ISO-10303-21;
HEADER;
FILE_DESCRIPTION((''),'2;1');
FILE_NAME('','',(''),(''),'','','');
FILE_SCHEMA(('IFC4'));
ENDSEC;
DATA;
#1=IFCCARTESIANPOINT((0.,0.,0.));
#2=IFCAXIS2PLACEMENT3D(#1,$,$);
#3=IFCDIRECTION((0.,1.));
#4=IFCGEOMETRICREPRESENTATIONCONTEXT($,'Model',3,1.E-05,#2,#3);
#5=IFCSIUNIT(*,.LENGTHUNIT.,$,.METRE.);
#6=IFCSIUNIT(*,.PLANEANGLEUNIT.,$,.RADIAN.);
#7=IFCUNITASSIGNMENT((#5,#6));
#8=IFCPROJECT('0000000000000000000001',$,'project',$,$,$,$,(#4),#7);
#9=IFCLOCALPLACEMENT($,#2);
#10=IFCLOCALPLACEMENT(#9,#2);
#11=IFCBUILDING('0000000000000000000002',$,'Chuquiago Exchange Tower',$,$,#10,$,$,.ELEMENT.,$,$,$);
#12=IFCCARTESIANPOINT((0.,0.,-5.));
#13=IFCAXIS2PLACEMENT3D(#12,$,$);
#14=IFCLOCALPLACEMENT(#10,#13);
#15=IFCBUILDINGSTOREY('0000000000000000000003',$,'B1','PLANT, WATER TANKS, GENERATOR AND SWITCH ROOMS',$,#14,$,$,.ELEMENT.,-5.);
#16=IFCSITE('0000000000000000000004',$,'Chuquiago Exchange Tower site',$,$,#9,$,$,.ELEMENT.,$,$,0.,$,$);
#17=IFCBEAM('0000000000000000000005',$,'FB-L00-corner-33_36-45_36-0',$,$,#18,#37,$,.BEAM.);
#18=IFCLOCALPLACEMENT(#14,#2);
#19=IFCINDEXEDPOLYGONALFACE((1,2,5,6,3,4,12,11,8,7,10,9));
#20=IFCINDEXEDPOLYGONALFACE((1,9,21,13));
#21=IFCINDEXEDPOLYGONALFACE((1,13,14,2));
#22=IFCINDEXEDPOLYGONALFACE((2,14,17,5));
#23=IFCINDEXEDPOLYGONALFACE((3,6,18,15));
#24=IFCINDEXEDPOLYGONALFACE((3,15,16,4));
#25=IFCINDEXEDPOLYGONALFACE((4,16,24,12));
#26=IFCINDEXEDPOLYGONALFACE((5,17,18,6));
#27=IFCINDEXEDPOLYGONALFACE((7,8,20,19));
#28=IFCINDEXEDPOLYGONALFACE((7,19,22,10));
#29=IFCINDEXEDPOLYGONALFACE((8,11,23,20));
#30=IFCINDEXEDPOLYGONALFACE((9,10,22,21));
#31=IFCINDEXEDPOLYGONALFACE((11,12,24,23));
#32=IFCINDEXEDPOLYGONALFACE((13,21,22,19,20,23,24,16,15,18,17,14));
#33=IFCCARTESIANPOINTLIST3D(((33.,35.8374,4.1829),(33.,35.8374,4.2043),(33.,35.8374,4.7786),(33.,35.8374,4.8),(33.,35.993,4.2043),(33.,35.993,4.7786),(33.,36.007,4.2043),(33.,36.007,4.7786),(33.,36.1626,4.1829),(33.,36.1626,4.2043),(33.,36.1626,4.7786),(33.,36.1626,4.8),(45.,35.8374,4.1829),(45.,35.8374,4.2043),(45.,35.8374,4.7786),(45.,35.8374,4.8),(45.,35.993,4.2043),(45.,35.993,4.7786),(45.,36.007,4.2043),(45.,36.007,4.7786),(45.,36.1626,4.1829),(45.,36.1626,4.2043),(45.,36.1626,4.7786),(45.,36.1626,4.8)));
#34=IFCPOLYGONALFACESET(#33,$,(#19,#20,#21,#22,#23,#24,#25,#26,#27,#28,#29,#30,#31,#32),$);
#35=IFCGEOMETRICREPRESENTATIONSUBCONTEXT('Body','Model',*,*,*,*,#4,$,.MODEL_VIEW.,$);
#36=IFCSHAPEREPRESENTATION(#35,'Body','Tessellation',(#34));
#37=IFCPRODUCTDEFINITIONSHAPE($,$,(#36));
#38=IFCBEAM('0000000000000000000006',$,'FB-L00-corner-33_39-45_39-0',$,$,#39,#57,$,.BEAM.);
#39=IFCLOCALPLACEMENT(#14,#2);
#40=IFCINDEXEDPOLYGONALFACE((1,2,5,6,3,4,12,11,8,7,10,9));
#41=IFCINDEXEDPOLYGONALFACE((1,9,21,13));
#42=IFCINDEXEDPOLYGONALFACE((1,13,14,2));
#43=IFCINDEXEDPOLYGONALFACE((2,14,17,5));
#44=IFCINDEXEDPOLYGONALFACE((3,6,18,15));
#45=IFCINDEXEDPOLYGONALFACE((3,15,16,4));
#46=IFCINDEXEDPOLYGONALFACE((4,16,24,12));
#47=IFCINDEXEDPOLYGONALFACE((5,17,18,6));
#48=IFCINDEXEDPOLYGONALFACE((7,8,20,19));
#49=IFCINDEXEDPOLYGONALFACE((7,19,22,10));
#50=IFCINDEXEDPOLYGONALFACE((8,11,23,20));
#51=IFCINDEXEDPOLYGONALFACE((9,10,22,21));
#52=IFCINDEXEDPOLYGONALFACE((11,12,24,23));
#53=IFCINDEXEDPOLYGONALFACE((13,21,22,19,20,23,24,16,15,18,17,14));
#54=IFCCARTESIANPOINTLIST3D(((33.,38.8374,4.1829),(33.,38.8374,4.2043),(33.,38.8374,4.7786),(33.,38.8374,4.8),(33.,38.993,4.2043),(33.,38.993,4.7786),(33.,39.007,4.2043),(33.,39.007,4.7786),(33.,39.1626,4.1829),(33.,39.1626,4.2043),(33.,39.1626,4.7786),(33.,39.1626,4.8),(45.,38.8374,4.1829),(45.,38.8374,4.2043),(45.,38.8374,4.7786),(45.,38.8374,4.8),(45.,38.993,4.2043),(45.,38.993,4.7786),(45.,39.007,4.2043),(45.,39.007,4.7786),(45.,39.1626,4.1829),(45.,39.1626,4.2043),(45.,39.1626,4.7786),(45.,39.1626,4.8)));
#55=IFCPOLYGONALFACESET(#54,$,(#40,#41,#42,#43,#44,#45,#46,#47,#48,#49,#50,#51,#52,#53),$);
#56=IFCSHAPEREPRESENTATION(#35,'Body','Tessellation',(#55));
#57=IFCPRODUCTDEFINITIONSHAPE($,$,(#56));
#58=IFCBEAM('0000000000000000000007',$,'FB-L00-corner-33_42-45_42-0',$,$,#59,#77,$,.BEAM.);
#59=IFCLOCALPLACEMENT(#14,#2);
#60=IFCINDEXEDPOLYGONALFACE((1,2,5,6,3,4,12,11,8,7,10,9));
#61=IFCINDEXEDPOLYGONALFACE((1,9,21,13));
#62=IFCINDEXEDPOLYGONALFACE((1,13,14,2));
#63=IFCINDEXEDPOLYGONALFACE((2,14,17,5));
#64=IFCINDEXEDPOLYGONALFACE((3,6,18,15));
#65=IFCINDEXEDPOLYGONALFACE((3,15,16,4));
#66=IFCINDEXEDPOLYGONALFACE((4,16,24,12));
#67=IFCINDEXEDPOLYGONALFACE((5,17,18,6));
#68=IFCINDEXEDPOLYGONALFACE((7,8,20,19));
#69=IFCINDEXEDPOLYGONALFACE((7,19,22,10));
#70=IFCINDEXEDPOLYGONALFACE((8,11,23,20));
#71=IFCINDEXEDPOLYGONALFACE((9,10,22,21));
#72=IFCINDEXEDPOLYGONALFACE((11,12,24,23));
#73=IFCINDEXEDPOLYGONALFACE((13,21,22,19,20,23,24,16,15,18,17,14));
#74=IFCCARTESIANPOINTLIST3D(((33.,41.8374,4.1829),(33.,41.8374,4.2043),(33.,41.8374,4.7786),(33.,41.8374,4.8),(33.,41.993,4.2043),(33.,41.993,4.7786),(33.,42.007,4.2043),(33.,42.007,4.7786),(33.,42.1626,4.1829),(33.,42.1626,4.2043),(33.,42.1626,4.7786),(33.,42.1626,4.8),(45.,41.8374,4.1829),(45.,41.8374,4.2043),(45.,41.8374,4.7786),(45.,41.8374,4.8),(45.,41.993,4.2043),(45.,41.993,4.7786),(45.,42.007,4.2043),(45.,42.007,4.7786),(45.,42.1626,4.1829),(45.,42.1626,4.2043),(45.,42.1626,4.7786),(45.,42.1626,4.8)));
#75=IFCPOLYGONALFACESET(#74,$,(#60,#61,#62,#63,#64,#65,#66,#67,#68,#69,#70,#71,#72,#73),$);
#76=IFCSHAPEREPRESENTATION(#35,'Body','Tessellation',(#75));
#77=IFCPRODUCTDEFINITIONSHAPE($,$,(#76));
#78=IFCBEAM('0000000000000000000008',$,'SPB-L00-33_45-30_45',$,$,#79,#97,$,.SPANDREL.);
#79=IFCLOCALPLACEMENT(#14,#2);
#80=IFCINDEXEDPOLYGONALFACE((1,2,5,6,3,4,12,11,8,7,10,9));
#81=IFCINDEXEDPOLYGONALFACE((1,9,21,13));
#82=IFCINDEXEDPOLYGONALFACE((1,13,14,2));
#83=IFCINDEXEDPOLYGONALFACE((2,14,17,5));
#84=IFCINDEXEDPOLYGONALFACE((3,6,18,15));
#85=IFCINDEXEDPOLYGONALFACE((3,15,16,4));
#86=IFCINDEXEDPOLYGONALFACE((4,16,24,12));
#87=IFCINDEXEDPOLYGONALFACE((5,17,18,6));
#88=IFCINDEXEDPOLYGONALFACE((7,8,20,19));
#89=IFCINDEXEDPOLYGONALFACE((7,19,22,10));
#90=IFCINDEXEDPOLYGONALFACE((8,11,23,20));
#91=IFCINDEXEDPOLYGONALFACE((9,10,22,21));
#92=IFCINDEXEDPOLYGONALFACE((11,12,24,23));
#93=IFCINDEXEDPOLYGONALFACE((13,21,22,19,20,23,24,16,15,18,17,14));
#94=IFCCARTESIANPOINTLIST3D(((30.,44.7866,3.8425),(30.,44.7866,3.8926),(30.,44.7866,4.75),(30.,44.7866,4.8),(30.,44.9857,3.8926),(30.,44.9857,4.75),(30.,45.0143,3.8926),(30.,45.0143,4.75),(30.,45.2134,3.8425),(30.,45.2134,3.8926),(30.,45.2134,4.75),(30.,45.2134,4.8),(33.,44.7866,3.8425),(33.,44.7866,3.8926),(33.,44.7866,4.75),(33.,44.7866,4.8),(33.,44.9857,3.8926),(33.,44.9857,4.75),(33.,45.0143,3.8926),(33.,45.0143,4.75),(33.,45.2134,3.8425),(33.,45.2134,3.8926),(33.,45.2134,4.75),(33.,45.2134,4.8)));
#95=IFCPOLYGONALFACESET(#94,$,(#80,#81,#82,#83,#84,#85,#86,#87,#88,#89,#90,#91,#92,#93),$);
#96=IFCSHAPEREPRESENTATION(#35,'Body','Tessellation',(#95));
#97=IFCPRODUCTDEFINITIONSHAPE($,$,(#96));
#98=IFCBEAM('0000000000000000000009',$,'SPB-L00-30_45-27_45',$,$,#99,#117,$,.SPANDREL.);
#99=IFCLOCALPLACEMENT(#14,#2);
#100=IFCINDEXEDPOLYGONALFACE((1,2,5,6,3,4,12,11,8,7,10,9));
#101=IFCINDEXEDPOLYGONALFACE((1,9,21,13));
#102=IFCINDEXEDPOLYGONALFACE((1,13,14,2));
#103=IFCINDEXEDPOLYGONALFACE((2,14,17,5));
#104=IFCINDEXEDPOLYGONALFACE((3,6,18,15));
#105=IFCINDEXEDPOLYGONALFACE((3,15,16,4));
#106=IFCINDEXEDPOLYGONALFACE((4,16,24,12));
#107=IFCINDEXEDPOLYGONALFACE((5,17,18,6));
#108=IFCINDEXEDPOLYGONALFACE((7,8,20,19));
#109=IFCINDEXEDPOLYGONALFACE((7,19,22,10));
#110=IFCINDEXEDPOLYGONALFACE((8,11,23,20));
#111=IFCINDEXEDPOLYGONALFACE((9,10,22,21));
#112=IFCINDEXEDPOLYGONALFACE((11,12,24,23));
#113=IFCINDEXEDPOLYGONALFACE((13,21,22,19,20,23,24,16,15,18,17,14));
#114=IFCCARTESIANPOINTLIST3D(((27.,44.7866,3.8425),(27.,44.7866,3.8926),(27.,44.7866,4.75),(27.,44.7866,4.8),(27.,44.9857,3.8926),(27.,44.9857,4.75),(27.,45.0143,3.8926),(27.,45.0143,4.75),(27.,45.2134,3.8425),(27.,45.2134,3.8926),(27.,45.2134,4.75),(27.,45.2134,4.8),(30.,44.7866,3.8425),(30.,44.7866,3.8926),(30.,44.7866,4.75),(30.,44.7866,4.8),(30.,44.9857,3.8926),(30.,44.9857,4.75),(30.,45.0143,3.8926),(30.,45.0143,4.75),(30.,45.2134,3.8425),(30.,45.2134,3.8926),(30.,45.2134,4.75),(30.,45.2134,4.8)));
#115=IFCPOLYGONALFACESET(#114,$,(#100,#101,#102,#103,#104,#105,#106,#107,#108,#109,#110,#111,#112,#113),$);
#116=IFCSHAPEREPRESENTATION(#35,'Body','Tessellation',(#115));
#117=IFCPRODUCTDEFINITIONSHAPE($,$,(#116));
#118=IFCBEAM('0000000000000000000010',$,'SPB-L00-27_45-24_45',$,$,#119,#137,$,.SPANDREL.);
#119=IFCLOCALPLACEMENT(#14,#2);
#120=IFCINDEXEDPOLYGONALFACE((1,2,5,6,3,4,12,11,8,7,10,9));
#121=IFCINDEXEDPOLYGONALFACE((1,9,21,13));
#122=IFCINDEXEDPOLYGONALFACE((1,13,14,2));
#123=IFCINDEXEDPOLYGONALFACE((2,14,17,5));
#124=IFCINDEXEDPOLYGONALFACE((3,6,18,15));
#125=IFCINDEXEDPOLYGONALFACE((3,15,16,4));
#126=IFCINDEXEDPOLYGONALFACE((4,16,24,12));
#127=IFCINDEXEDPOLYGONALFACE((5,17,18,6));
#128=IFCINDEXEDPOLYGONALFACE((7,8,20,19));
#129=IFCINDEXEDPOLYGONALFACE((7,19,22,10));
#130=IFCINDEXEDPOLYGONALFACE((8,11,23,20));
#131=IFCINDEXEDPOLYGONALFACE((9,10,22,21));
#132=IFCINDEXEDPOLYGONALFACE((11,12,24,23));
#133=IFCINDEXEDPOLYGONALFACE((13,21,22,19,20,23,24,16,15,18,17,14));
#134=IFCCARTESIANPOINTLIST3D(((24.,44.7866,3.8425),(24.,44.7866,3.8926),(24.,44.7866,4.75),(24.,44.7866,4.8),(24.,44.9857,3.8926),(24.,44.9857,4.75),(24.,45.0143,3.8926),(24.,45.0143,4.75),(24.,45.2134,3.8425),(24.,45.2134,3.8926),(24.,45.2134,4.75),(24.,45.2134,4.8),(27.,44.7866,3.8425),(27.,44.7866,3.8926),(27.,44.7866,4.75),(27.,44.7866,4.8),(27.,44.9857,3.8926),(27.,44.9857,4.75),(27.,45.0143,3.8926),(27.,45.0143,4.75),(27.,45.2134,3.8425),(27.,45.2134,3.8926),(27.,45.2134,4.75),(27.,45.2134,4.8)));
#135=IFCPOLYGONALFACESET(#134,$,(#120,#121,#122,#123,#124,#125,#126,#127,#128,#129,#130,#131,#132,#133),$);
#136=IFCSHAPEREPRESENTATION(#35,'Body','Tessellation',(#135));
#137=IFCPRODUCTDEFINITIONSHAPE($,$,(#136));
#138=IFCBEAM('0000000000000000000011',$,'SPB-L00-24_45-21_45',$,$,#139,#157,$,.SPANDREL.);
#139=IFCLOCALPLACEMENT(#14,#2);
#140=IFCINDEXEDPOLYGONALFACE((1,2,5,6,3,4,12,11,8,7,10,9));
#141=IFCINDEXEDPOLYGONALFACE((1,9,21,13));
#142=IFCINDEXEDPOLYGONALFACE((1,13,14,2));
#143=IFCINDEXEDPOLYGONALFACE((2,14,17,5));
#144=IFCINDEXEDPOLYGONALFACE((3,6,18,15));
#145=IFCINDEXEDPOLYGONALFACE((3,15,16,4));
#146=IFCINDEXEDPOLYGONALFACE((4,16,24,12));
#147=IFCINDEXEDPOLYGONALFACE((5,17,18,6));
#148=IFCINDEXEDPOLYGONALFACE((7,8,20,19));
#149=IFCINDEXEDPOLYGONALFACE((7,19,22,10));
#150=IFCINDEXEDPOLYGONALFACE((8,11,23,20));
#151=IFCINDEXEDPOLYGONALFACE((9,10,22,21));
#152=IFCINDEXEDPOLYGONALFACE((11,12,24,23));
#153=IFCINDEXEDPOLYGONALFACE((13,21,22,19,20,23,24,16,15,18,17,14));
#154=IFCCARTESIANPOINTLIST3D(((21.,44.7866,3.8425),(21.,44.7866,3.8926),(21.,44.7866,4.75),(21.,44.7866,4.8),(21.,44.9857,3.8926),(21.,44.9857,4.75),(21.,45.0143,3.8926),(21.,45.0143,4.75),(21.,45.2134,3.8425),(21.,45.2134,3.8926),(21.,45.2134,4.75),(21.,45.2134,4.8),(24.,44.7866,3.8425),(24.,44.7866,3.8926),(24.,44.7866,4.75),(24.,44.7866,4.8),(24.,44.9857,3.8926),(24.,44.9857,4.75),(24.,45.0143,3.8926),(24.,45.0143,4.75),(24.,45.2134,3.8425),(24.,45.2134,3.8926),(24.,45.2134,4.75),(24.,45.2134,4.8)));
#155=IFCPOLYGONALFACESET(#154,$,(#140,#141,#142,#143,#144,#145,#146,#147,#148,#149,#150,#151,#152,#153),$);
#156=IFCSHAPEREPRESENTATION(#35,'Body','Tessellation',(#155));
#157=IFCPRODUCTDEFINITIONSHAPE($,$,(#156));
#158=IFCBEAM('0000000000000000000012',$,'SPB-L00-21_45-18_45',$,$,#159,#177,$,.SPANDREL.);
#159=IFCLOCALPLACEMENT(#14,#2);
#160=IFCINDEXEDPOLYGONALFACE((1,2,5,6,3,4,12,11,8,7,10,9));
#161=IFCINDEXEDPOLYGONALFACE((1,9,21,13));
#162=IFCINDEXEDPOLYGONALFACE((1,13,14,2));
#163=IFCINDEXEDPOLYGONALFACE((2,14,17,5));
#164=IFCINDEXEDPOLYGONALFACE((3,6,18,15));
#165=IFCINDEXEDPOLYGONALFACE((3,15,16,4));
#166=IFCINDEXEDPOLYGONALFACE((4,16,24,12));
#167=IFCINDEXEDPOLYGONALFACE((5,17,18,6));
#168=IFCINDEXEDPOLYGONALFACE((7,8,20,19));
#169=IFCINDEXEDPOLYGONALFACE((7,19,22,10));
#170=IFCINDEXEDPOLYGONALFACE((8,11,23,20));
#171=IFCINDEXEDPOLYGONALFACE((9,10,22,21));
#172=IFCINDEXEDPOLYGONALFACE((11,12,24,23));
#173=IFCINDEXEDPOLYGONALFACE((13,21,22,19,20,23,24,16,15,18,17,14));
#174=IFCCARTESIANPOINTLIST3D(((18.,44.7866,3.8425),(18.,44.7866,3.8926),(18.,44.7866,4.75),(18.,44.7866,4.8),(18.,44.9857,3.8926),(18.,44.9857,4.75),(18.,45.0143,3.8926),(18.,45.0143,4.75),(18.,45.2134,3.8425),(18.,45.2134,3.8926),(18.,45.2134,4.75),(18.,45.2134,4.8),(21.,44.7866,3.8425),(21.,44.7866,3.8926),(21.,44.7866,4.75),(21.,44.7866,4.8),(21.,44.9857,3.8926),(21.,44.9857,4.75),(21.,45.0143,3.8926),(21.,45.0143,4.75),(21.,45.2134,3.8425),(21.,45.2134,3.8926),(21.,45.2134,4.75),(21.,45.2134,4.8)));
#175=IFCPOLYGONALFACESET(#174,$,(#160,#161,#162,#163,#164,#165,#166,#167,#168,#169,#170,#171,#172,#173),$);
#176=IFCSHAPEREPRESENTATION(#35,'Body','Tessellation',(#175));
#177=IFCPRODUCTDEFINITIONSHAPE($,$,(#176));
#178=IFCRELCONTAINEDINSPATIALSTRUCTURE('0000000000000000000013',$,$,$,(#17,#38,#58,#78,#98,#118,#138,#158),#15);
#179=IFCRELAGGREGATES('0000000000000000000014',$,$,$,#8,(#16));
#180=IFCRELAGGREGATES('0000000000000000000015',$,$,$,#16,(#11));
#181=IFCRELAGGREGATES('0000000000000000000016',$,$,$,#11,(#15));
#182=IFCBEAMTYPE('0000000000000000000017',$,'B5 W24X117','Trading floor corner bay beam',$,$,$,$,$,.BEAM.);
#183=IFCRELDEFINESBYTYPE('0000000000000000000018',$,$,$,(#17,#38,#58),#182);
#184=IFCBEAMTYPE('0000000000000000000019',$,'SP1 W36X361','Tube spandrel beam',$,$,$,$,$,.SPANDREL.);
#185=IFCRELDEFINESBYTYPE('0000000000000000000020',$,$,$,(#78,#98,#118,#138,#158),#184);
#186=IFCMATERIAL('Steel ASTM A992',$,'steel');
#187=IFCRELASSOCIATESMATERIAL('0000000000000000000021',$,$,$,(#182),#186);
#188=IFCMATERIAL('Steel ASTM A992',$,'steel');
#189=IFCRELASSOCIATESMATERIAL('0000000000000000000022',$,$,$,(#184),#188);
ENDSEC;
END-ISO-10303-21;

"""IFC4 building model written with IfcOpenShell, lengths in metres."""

from ifc_helpers import new_model, si_unit, direction, frame, origin, origin_2d, place, context, subcontext, project, spatial, i_section, extrude, material, material_profile, profile_set, type_object, element, save


model = new_model("IFC4")

# Units and contexts
model_context = context("Model", 3, precision=1e-05, world=origin(), true_north=direction((0.0, 1.0)))
body_context = subcontext(model_context, "Body", "Model", "MODEL_VIEW")
ifc_project = project(units=[si_unit("LENGTHUNIT", "METRE"), si_unit("PLANEANGLEUNIT", "RADIAN")], contexts=[model_context])

# Site, building, storey
site_placement = place(None, origin())
site = spatial("IfcSite", under=ifc_project, at=site_placement, Name="Chuquiago Exchange Tower site", CompositionType="ELEMENT", RefElevation=0.0)
building_placement = place(site_placement, origin())
building = spatial("IfcBuilding", under=site, at=building_placement, Name="Chuquiago Exchange Tower", CompositionType="ELEMENT")
storey_placement = place(building_placement, frame((0.0, 0.0, -5.0)))
storey = spatial("IfcBuildingStorey", under=building, at=storey_placement, Name="B1", Description="PLANT, WATER TANKS, GENERATOR AND SWITCH ROOMS", CompositionType="ELEMENT", Elevation=-5.0)

# Beams
ifc_material_1 = material(Name="Steel ASTM A992", Category="steel")
ifc_material_profile_1 = material_profile(ifc_material_1, i_section(OverallWidth=0.3252, OverallDepth=0.6172, WebThickness=0.0139, FlangeThickness=0.0215, at=origin_2d()), Name="W24X117")
ifc_profile_set_1 = profile_set([ifc_material_profile_1], Name="Steel ASTM A992")
beam_type_1 = type_object("IfcBeamType", Name="B5 W24X117", Description="Trading floor corner bay beam", PredefinedType="BEAM", material=ifc_profile_set_1)
for number, where, z_axis, x_axis, name in (
    (1, (33.0, 36.0, 4.4915), (1.0, 0.0, 0.0), (0.0, 1.0, 0.0), "FB-L00-corner-33_36-45_36-0"),
    (2, (33.0, 39.0, 4.4915), (1.0, 0.0, 0.0), (0.0, 1.0, 0.0), "FB-L00-corner-33_39-45_39-0"),
    (3, (33.0, 42.0, 4.4915), (1.0, 0.0, 0.0), (0.0, 1.0, 0.0), "FB-L00-corner-33_42-45_42-0"),
):
    element("IfcBeam", number, at=place(storey_placement, frame(where, z_axis=z_axis, x_axis=x_axis)), inside=storey, type_object=beam_type_1, Name=name, PredefinedType="BEAM", context=body_context, shape_type="SweptSolid", body=[
        extrude(i_section(OverallWidth=0.3252, OverallDepth=0.6172, WebThickness=0.0139, FlangeThickness=0.0215, at=origin_2d()), origin(), (0.0, 0.0, 1.0), 12.0),
    ])
ifc_material_2 = material(Name="Steel ASTM A992", Category="steel")
ifc_material_profile_2 = material_profile(ifc_material_2, i_section(OverallWidth=0.4268, OverallDepth=0.9575, WebThickness=0.0286, FlangeThickness=0.05, at=origin_2d()), Name="W36X361")
ifc_profile_set_2 = profile_set([ifc_material_profile_2], Name="Steel ASTM A992")
beam_type_2 = type_object("IfcBeamType", Name="SP1 W36X361", Description="Tube spandrel beam", PredefinedType="SPANDREL", material=ifc_profile_set_2)
for number, where, z_axis, x_axis, name in (
    (4, (33.0, 45.0, 4.3213), (-1.0, 0.0, 0.0), (0.0, -1.0, 0.0), "SPB-L00-33_45-30_45"),
    (5, (30.0, 45.0, 4.3213), (-1.0, 0.0, 0.0), (0.0, -1.0, 0.0), "SPB-L00-30_45-27_45"),
    (6, (27.0, 45.0, 4.3213), (-1.0, 0.0, 0.0), (0.0, -1.0, 0.0), "SPB-L00-27_45-24_45"),
    (7, (24.0, 45.0, 4.3213), (-1.0, 0.0, 0.0), (0.0, -1.0, 0.0), "SPB-L00-24_45-21_45"),
    (8, (21.0, 45.0, 4.3213), (-1.0, 0.0, 0.0), (0.0, -1.0, 0.0), "SPB-L00-21_45-18_45"),
):
    element("IfcBeam", number, at=place(storey_placement, frame(where, z_axis=z_axis, x_axis=x_axis)), inside=storey, type_object=beam_type_2, Name=name, PredefinedType="SPANDREL", context=body_context, shape_type="SweptSolid", body=[
        extrude(i_section(OverallWidth=0.4268, OverallDepth=0.9575, WebThickness=0.0286, FlangeThickness=0.05, at=origin_2d()), origin(), (0.0, 0.0, 1.0), 3.0),
    ])

save(model, "model.ifc")
